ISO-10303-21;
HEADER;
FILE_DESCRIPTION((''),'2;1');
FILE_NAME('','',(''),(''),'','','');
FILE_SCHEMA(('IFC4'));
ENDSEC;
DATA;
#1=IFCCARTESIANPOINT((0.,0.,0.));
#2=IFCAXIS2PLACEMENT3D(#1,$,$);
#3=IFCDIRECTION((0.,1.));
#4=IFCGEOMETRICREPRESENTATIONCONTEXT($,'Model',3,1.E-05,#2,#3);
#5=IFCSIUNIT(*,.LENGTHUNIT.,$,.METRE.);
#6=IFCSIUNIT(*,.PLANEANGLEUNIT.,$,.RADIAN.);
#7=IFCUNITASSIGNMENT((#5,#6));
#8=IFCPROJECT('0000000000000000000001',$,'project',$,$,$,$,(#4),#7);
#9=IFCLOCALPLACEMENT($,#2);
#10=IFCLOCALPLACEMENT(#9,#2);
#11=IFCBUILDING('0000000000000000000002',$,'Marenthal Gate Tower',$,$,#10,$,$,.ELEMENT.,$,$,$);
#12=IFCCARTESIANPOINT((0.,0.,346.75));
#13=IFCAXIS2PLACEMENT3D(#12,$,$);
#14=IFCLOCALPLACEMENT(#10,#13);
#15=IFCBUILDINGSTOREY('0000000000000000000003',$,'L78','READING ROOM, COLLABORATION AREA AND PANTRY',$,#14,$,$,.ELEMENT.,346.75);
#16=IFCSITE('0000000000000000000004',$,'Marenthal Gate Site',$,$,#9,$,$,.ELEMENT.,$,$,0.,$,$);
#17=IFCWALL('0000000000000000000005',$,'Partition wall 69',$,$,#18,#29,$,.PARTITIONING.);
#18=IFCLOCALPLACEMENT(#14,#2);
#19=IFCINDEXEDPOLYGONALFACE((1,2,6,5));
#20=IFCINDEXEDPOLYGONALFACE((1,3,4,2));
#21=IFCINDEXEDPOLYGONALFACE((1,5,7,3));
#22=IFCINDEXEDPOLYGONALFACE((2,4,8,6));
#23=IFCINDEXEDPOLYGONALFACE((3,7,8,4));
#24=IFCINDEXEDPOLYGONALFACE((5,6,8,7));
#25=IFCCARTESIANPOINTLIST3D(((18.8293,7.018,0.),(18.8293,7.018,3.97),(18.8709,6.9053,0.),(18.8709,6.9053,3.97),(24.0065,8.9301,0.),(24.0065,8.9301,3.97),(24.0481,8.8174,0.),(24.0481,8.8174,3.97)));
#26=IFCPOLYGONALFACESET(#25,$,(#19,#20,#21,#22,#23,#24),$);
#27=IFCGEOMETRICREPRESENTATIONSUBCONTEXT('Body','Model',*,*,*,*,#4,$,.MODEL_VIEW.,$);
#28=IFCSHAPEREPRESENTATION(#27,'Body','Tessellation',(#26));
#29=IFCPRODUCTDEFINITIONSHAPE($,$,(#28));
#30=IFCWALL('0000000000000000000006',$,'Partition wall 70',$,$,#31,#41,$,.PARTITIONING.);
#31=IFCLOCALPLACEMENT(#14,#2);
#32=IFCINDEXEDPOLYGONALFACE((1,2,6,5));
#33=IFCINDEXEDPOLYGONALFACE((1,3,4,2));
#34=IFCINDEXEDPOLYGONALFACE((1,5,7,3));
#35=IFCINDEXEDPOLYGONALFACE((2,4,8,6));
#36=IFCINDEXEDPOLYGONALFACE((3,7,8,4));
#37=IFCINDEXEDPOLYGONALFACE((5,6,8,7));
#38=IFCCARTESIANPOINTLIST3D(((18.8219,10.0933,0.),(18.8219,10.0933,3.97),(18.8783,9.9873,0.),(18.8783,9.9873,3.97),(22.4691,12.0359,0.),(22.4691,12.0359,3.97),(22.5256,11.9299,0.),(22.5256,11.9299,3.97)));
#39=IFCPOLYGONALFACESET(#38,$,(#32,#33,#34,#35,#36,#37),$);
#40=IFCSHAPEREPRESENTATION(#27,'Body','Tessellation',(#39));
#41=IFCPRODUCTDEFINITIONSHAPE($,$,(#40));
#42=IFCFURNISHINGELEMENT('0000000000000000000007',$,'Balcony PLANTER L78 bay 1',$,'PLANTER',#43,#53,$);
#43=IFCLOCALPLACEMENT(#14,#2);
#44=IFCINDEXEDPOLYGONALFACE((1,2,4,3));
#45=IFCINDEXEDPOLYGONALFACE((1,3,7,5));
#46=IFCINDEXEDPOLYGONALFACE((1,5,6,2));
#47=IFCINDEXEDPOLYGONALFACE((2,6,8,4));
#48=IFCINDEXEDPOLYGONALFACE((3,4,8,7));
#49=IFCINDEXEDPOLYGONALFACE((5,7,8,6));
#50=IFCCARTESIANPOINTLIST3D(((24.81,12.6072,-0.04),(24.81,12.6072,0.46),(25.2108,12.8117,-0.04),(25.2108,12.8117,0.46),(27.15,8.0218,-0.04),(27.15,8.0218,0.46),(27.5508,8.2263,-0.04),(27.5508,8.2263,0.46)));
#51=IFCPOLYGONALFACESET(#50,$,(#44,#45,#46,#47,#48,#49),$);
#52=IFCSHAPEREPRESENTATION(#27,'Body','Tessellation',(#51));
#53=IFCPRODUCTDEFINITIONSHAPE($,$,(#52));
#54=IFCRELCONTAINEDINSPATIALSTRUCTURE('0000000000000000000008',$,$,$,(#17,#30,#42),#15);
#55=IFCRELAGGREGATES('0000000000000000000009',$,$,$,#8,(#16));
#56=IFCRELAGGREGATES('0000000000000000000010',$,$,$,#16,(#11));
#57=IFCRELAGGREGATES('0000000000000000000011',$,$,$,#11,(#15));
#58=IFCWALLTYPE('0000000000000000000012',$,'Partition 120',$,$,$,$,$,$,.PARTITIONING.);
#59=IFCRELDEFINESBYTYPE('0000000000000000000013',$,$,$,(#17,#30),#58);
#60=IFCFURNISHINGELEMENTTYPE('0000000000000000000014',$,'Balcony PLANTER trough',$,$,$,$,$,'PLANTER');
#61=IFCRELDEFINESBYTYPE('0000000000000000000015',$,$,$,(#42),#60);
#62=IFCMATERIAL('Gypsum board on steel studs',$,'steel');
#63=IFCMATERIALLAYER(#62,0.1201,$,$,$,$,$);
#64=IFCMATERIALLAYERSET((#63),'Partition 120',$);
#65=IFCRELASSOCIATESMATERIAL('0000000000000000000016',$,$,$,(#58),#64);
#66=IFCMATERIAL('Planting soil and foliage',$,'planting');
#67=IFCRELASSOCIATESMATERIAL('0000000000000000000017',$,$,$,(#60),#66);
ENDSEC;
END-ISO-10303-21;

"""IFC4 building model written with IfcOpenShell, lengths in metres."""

from ifc_helpers import new_model, si_unit, direction, frame, frame_2d, origin, origin_2d, place, context, subcontext, project, spatial, rectangle, extrude, material, layer, layer_set, type_object, element, save


model = new_model("IFC4")

# Units and contexts
model_context = context("Model", 3, precision=1e-05, world=origin(), true_north=direction((0.0, 1.0)))
body_context = subcontext(model_context, "Body", "Model", "MODEL_VIEW")
ifc_project = project(units=[si_unit("LENGTHUNIT", "METRE"), si_unit("PLANEANGLEUNIT", "RADIAN")], contexts=[model_context])

# Site, building, storey
site_placement = place(None, origin())
site = spatial("IfcSite", under=ifc_project, at=site_placement, Name="Marenthal Gate Site", CompositionType="ELEMENT", RefElevation=0.0)
building_placement = place(site_placement, origin())
building = spatial("IfcBuilding", under=site, at=building_placement, Name="Marenthal Gate Tower", CompositionType="ELEMENT")
storey_placement = place(building_placement, frame((0.0, 0.0, 346.75)))
storey = spatial("IfcBuildingStorey", under=building, at=storey_placement, Name="L78", Description="READING ROOM, COLLABORATION AREA AND PANTRY", CompositionType="ELEMENT", Elevation=346.75)

# Walls
ifc_material_1 = material(Name="Gypsum board on steel studs", Category="steel")
ifc_layer_1 = layer(ifc_material_1, 0.1201)
ifc_layer_set_1 = layer_set([ifc_layer_1], Name="Partition 120")
wall_type_1 = type_object("IfcWallType", Name="Partition 120", PredefinedType="PARTITIONING", material=ifc_layer_set_1)
wall_1_placement = place(storey_placement, frame((18.8501, 6.9617, 0.0), z_axis=(0.0, 0.0, 1.0), x_axis=(0.938066, 0.346456, 0.0)))
element("IfcWall", 1, at=wall_1_placement, inside=storey, type_object=wall_type_1, Name="Partition wall 69", PredefinedType="PARTITIONING", context=body_context, shape_type="SweptSolid", body=[
    extrude(rectangle(XDim=5.519, YDim=0.1201, at=frame_2d((2.7595, 0.0))), origin(), (0.0, 0.0, 1.0), 3.97),
])
wall_2_placement = place(storey_placement, frame((18.8501, 10.0403, 0.0), z_axis=(0.0, 0.0, 1.0), x_axis=(0.88261, 0.470107, 0.0)))
element("IfcWall", 2, at=wall_2_placement, inside=storey, type_object=wall_type_1, Name="Partition wall 70", PredefinedType="PARTITIONING", context=body_context, shape_type="SweptSolid", body=[
    extrude(rectangle(XDim=4.1323, YDim=0.1201, at=frame_2d((2.0662, 0.0))), origin(), (0.0, 0.0, 1.0), 3.97),
])

# Furnishing element
ifc_material_2 = material(Name="Planting soil and foliage", Category="planting")
furnishing_element_type = type_object("IfcFurnishingElementType", Name="Balcony PLANTER trough", ElementType="PLANTER", material=ifc_material_2)
furnishing_placement = place(storey_placement, frame((26.1804, 10.4167, -0.04), z_axis=(0.0, 0.0, 1.0), x_axis=(-0.454546, 0.890723, 0.0)))
element("IfcFurnishingElement", 3, at=furnishing_placement, inside=storey, type_object=furnishing_element_type, Name="Balcony PLANTER L78 bay 1", ObjectType="PLANTER", context=body_context, shape_type="SweptSolid", body=[
    extrude(rectangle(XDim=5.1479, YDim=0.45, at=origin_2d()), origin(), (0.0, 0.0, 1.0), 0.5),
])

save(model, "model.ifc")
